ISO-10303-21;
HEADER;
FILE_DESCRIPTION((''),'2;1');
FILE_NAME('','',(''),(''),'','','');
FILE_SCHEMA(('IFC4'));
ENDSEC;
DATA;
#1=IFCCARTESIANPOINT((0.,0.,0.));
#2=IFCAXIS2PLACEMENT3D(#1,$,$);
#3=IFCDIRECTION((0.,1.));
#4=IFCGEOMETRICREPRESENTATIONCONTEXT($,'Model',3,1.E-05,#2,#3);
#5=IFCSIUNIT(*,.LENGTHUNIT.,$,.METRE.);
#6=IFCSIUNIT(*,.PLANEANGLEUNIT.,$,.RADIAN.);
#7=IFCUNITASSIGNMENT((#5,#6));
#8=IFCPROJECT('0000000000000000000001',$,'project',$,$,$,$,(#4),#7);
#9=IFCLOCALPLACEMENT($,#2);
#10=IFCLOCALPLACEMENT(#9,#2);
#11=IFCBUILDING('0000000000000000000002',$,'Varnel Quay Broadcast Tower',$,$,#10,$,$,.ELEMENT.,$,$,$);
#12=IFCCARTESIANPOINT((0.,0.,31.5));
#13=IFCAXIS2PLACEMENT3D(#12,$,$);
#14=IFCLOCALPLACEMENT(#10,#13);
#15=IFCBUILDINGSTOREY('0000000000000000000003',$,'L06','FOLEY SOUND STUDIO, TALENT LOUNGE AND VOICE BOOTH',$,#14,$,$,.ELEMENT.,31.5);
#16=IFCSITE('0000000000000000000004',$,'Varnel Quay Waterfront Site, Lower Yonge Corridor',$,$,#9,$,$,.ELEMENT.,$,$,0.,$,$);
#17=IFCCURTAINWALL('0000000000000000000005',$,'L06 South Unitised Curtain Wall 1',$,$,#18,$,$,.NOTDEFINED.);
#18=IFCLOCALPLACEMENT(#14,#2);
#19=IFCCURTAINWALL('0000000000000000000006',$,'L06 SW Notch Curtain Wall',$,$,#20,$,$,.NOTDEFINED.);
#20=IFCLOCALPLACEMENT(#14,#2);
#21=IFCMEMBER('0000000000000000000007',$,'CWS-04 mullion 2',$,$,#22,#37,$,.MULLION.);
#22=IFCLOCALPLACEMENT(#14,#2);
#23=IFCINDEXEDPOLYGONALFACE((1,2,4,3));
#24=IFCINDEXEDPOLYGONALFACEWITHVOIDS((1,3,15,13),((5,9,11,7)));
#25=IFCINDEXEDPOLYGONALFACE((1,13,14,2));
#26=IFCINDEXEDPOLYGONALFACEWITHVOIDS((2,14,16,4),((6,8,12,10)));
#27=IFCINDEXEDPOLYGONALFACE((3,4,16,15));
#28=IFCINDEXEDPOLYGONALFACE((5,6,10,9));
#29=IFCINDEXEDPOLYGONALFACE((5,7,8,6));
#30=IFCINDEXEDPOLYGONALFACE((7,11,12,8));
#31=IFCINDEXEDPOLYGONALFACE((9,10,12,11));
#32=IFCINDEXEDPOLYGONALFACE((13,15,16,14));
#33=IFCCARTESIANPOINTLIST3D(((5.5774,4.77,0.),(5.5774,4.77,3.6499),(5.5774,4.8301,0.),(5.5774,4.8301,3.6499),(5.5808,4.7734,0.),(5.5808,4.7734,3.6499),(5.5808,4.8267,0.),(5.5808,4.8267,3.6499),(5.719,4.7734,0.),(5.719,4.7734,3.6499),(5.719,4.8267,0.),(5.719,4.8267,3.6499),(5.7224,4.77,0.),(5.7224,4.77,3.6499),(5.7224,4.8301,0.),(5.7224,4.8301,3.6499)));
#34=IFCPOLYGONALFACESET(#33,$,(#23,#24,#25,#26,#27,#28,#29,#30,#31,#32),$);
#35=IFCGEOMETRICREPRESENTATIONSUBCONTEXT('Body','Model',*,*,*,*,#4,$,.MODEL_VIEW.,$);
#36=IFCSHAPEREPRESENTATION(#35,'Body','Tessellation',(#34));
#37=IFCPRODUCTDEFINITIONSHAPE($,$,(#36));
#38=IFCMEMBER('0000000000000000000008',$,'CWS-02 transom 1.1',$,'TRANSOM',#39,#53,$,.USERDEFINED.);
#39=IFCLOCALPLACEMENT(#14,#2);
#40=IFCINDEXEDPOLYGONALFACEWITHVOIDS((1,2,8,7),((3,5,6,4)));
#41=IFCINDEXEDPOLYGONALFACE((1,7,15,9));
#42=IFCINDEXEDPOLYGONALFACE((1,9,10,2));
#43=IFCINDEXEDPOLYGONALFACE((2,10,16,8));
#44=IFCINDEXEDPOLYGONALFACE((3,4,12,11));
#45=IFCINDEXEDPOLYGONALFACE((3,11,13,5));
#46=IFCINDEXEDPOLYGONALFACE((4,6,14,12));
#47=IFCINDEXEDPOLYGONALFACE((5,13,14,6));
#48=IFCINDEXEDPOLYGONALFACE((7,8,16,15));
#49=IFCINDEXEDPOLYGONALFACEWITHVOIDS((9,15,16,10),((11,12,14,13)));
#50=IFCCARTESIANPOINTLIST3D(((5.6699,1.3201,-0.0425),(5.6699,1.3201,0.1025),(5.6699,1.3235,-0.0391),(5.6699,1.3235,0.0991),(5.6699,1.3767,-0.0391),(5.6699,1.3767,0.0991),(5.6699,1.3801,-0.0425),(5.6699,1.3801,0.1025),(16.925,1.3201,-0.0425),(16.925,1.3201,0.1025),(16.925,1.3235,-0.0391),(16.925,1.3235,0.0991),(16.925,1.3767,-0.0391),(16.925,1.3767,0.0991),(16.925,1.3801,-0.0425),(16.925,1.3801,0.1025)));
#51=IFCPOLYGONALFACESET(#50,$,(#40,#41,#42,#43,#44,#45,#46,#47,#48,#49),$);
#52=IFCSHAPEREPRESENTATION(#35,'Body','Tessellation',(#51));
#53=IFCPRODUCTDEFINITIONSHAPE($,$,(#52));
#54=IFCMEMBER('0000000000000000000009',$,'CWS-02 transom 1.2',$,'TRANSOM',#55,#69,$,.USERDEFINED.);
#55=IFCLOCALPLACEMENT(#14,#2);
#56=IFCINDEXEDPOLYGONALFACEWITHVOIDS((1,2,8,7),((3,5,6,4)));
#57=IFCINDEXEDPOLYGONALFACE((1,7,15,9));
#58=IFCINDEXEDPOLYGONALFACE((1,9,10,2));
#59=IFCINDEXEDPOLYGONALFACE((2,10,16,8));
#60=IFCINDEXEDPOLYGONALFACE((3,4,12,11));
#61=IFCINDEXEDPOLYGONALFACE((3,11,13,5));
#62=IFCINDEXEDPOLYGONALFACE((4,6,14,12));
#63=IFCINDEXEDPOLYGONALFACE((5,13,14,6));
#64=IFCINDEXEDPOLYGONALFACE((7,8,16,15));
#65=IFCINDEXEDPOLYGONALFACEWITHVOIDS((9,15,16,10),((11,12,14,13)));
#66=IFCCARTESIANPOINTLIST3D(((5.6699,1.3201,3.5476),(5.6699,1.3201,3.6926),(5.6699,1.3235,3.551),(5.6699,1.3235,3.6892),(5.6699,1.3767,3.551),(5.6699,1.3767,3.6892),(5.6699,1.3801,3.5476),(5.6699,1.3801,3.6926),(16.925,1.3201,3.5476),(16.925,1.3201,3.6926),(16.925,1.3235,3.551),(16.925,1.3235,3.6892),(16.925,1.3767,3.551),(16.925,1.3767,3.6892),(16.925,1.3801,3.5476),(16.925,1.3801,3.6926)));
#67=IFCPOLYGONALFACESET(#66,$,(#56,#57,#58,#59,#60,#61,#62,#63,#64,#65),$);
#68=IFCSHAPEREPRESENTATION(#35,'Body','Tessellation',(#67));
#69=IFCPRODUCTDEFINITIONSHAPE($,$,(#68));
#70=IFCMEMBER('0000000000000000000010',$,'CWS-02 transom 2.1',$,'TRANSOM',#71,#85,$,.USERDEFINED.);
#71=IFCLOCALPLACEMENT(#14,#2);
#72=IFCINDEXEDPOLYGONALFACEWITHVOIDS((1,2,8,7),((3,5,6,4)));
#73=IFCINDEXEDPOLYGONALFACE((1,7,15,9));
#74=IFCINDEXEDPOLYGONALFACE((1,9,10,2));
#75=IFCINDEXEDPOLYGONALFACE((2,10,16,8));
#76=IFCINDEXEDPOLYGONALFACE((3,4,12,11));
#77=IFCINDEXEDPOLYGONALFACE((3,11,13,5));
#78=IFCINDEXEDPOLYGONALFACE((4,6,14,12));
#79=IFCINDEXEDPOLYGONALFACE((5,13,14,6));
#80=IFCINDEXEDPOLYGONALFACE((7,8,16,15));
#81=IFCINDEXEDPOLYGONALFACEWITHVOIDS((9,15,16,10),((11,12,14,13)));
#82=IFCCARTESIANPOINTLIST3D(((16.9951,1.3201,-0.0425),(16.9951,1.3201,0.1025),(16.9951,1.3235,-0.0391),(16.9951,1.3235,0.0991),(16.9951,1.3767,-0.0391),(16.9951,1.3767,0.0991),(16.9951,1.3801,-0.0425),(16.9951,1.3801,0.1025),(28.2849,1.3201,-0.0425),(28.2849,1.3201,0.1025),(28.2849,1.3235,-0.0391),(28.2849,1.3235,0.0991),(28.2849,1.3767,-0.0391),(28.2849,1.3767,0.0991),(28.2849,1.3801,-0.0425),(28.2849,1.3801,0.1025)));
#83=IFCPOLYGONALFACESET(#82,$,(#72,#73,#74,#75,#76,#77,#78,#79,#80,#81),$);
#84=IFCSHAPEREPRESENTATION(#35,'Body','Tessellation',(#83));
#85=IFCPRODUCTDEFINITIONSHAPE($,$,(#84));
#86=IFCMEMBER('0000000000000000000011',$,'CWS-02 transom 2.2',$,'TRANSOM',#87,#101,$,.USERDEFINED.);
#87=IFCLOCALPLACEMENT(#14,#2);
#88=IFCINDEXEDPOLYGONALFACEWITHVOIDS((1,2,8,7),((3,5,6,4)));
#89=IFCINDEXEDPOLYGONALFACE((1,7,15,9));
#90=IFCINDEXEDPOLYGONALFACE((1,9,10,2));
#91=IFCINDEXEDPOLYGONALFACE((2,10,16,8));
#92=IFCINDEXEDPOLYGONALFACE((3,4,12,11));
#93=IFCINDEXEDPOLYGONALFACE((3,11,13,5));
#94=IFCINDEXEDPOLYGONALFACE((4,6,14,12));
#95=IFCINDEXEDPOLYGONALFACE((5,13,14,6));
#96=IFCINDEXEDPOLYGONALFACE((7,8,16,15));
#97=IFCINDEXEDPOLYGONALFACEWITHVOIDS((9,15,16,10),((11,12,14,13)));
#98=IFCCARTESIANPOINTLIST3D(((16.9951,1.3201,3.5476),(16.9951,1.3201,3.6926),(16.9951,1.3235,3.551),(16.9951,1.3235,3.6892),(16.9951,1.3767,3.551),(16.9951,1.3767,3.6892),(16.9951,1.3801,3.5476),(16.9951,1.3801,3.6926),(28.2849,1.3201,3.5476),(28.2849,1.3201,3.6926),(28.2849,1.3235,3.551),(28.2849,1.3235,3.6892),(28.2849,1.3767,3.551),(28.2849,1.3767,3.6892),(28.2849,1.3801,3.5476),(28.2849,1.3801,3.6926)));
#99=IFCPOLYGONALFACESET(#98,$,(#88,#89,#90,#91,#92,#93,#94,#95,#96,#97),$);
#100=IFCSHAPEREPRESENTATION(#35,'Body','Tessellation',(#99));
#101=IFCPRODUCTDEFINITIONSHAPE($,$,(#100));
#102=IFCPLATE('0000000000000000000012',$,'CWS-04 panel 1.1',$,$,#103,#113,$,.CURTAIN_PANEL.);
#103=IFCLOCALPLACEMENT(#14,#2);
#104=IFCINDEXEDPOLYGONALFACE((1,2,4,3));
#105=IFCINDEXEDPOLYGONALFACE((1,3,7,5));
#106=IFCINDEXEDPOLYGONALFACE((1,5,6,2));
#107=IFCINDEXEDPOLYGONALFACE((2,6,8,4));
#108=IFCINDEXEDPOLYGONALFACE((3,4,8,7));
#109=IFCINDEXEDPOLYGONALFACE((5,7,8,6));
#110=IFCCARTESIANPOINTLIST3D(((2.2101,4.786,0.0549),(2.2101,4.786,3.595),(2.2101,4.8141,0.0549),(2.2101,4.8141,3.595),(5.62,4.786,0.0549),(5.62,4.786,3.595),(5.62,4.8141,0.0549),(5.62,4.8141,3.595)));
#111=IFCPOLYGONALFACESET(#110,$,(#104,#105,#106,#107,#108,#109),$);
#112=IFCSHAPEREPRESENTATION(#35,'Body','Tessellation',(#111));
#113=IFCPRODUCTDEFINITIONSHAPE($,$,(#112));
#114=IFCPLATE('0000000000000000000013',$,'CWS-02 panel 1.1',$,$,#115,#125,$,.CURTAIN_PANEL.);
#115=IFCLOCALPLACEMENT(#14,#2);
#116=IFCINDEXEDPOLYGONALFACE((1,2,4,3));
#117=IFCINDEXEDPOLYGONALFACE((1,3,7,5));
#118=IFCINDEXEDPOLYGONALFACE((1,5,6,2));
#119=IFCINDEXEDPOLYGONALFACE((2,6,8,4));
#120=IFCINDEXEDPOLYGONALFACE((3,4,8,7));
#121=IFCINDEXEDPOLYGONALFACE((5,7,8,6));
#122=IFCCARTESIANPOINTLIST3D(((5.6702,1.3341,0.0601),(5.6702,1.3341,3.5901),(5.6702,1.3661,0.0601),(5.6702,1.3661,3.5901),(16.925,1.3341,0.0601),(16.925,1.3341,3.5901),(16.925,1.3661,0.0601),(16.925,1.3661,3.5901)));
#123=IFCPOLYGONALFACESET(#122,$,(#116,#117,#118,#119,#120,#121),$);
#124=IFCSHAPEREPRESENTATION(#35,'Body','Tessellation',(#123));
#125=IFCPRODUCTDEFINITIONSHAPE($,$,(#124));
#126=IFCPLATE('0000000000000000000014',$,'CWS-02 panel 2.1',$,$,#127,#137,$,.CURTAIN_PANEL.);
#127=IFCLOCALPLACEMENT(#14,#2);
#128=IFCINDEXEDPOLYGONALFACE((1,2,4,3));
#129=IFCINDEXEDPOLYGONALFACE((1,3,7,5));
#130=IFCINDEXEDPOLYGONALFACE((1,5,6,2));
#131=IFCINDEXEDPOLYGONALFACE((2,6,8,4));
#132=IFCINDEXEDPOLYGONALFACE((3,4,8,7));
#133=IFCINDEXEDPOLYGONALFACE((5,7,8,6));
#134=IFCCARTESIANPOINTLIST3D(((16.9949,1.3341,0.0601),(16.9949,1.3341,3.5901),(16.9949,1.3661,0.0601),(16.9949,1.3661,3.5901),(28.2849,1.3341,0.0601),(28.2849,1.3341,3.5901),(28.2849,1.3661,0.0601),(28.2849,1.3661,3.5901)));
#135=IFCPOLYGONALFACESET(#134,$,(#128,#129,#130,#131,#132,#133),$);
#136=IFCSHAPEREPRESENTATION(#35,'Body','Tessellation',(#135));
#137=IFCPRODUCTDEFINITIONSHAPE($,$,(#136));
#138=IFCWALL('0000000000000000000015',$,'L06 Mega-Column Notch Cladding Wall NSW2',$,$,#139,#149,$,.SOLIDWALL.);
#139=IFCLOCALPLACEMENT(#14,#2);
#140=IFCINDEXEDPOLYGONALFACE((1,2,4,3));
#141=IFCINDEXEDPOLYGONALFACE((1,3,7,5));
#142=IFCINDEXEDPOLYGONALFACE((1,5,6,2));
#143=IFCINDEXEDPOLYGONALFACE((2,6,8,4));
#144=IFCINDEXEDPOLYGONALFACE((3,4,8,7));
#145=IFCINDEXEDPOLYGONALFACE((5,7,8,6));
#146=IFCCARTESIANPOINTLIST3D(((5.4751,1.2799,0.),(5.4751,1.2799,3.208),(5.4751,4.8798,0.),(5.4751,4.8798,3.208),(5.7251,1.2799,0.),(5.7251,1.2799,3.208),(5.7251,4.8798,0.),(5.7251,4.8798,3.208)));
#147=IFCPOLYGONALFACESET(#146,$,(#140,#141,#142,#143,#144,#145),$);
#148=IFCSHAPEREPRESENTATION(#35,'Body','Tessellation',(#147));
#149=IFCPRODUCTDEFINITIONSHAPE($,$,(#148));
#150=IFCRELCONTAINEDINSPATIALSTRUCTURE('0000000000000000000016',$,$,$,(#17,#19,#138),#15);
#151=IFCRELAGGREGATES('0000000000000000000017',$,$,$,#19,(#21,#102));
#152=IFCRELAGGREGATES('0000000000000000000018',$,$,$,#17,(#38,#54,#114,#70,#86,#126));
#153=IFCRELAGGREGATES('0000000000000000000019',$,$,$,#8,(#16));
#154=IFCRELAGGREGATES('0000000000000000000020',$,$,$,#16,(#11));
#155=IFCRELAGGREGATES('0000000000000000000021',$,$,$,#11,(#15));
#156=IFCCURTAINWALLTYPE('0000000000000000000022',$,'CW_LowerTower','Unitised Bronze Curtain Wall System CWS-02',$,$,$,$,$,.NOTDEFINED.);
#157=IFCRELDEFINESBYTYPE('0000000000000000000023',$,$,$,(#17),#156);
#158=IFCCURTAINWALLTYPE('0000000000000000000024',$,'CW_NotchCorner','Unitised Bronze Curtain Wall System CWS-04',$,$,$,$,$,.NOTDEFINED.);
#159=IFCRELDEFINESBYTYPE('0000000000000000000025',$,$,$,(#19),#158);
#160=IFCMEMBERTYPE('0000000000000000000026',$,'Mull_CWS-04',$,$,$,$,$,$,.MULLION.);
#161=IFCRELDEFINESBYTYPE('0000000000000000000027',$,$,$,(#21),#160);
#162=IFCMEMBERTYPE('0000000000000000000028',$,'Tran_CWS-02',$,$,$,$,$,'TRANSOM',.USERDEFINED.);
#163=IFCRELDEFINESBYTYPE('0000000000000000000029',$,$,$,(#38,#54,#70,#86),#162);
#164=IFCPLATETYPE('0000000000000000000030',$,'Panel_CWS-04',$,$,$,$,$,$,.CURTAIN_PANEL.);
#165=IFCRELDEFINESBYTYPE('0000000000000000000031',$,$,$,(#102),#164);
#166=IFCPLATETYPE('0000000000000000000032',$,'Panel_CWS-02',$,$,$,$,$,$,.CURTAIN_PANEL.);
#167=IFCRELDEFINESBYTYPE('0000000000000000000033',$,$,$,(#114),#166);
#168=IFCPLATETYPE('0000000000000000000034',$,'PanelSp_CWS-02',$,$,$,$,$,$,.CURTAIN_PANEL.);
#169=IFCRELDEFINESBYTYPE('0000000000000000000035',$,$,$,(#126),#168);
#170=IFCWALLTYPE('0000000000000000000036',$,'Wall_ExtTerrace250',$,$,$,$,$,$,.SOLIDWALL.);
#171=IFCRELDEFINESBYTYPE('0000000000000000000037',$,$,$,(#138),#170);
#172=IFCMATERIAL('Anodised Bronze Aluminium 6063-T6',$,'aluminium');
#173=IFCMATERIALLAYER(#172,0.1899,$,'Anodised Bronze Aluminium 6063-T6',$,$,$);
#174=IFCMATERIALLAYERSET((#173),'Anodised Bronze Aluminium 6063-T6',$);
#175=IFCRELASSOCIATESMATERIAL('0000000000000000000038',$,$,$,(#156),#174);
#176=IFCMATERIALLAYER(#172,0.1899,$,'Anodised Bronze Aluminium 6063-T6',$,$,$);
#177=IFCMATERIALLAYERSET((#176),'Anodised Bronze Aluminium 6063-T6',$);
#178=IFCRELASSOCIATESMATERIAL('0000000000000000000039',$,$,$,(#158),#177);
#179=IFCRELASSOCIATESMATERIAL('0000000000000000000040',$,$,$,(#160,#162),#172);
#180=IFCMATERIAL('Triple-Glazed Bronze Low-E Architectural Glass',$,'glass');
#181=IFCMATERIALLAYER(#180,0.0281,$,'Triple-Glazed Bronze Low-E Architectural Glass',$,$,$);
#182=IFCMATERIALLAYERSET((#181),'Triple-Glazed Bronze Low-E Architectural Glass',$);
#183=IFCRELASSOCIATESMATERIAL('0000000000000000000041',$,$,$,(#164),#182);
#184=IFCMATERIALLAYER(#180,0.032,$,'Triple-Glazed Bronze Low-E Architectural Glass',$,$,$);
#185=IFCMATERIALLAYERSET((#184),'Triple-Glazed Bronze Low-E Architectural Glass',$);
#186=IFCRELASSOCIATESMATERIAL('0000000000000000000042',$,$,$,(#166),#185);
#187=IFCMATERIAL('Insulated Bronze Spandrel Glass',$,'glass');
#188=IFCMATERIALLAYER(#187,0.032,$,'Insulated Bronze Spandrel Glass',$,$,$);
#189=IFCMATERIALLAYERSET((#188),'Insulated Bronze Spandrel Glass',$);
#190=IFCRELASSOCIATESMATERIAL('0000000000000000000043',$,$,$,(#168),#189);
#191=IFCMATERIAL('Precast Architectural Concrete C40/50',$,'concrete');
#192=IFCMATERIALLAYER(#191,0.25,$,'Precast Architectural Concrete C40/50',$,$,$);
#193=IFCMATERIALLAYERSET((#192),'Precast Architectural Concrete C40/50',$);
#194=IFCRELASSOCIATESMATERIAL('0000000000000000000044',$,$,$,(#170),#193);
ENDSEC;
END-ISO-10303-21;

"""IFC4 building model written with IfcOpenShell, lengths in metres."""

from ifc_helpers import new_model, si_unit, direction, frame, frame_2d, origin, origin_2d, place, context, subcontext, project, spatial, rectangle, hollow_rectangle, extrude, source, transform, mapped, material, layer, layer_set, material_profile, profile_set, type_object, type_shapes, element, aggregate, save


model = new_model("IFC4")

# Units and contexts
model_context = context("Model", 3, precision=1e-05, world=origin(), true_north=direction((0.0, 1.0)))
body_context = subcontext(model_context, "Body", "Model", "MODEL_VIEW")
ifc_project = project(units=[si_unit("LENGTHUNIT", "METRE"), si_unit("PLANEANGLEUNIT", "RADIAN")], contexts=[model_context])

# Site, building, storey
site_placement = place(None, origin())
site = spatial("IfcSite", under=ifc_project, at=site_placement, Name="Varnel Quay Waterfront Site, Lower Yonge Corridor", CompositionType="ELEMENT", RefElevation=0.0)
building_placement = place(site_placement, origin())
building = spatial("IfcBuilding", under=site, at=building_placement, Name="Varnel Quay Broadcast Tower", CompositionType="ELEMENT")
storey_placement = place(building_placement, frame((0.0, 0.0, 31.5)))
storey = spatial("IfcBuildingStorey", under=building, at=storey_placement, Name="L06", Description="FOLEY SOUND STUDIO, TALENT LOUNGE AND VOICE BOOTH", CompositionType="ELEMENT", Elevation=31.5)

# Curtain wall
ifc_material_1 = material(Name="Anodised Bronze Aluminium 6063-T6", Category="aluminium")
ifc_layer_1 = layer(ifc_material_1, 0.1899, Name="Anodised Bronze Aluminium 6063-T6")
ifc_layer_set_1 = layer_set([ifc_layer_1], Name="Anodised Bronze Aluminium 6063-T6")
curtain_wall_type_1 = type_object("IfcCurtainWallType", Name="CW_LowerTower", Description="Unitised Bronze Curtain Wall System CWS-02", PredefinedType="NOTDEFINED", material=ifc_layer_set_1)
curtain_wall_1_placement = place(storey_placement, origin())
curtain_wall_1 = element("IfcCurtainWall", 1, at=curtain_wall_1_placement, inside=storey, type_object=curtain_wall_type_1, Name="L06 South Unitised Curtain Wall 1", PredefinedType="NOTDEFINED")

# Curtain wall, member
ifc_layer_2 = layer(ifc_material_1, 0.1899, Name="Anodised Bronze Aluminium 6063-T6")
ifc_layer_set_2 = layer_set([ifc_layer_2], Name="Anodised Bronze Aluminium 6063-T6")
curtain_wall_type_2 = type_object("IfcCurtainWallType", Name="CW_NotchCorner", Description="Unitised Bronze Curtain Wall System CWS-04", PredefinedType="NOTDEFINED", material=ifc_layer_set_2)
curtain_wall_2_placement = place(storey_placement, origin())
curtain_wall_2 = element("IfcCurtainWall", 2, at=curtain_wall_2_placement, inside=storey, type_object=curtain_wall_type_2, Name="L06 SW Notch Curtain Wall", PredefinedType="NOTDEFINED")
ifc_material_profile_1 = material_profile(ifc_material_1, hollow_rectangle(XDim=0.0601, YDim=0.145, WallThickness=0.0034, at=origin_2d()), Name="ALU60X145X3.5")
ifc_profile_set_1 = profile_set([ifc_material_profile_1], Name="Anodised Bronze Aluminium 6063-T6")
member_type_1 = type_object("IfcMemberType", Name="Mull_CWS-04", PredefinedType="MULLION", material=ifc_profile_set_1)
shared_shape_1 = source(origin(), body_context, "Body", "SweptSolid", [
    extrude(hollow_rectangle(XDim=0.0601, YDim=0.145, WallThickness=0.0034, at=origin_2d()), origin(), (0.0, 0.0, 1.0), 3.6499),
])
type_shapes(member_type_1, [shared_shape_1])
member_1_placement = place(storey_placement, frame((5.6499, 4.8, 0.0), z_axis=(0.0, 0.0, 1.0), x_axis=(0.0, 1.0, 0.0)))
member_1 = element("IfcMember", 3, at=member_1_placement, type_object=member_type_1, Name="CWS-04 mullion 2", PredefinedType="MULLION", context=body_context, shape_type="MappedRepresentation", body=[
    mapped(shared_shape_1, transform((0.0, 0.0, 0.0), x_axis=(1.0, 0.0, 0.0), y_axis=(0.0, 1.0, 0.0), z_axis=(0.0, 0.0, 1.0), scale=1.0)),
])

# Members
ifc_material_profile_2 = material_profile(ifc_material_1, hollow_rectangle(XDim=0.0601, YDim=0.145, WallThickness=0.0034, at=origin_2d()), Name="ALU60X145X3.5")
ifc_profile_set_2 = profile_set([ifc_material_profile_2], Name="Anodised Bronze Aluminium 6063-T6")
member_type_2 = type_object("IfcMemberType", Name="Tran_CWS-02", ElementType="TRANSOM", PredefinedType="USERDEFINED", material=ifc_profile_set_2)
shared_shape_2 = source(origin(), body_context, "Body", "SweptSolid", [
    extrude(hollow_rectangle(XDim=0.0601, YDim=0.145, WallThickness=0.0034, at=origin_2d()), origin(), (0.0, 0.0, 1.0), 11.2551),
])
member_2_placement = place(storey_placement, frame((5.6699, 1.3501, 0.03), z_axis=(1.0, 0.0, 0.0), x_axis=(0.0, 1.0, 0.0)))
member_2 = element("IfcMember", 4, at=member_2_placement, type_object=member_type_2, Name="CWS-02 transom 1.1", ObjectType="TRANSOM", PredefinedType="USERDEFINED", context=body_context, shape_type="MappedRepresentation", body=[
    mapped(shared_shape_2, transform((0.0, 0.0, 0.0), x_axis=(1.0, 0.0, 0.0), y_axis=(0.0, 1.0, 0.0), z_axis=(0.0, 0.0, 1.0), scale=1.0)),
])
member_3_placement = place(storey_placement, frame((5.6699, 1.3501, 3.6201), z_axis=(1.0, 0.0, 0.0), x_axis=(0.0, 1.0, 0.0)))
member_3 = element("IfcMember", 5, at=member_3_placement, type_object=member_type_2, Name="CWS-02 transom 1.2", ObjectType="TRANSOM", PredefinedType="USERDEFINED", context=body_context, shape_type="MappedRepresentation", body=[
    mapped(shared_shape_2, transform((0.0, 0.0, 0.0), x_axis=(1.0, 0.0, 0.0), y_axis=(0.0, 1.0, 0.0), z_axis=(0.0, 0.0, 1.0), scale=1.0)),
])
shared_shape_3 = source(origin(), body_context, "Body", "SweptSolid", [
    extrude(hollow_rectangle(XDim=0.0601, YDim=0.145, WallThickness=0.0034, at=origin_2d()), origin(), (0.0, 0.0, 1.0), 11.2898),
])
type_shapes(member_type_2, [shared_shape_2, shared_shape_3])
member_4_placement = place(storey_placement, frame((16.9951, 1.3501, 0.03), z_axis=(1.0, 0.0, 0.0), x_axis=(0.0, 1.0, 0.0)))
member_4 = element("IfcMember", 6, at=member_4_placement, type_object=member_type_2, Name="CWS-02 transom 2.1", ObjectType="TRANSOM", PredefinedType="USERDEFINED", context=body_context, shape_type="MappedRepresentation", body=[
    mapped(shared_shape_3, transform((0.0, 0.0, 0.0), x_axis=(1.0, 0.0, 0.0), y_axis=(0.0, 1.0, 0.0), z_axis=(0.0, 0.0, 1.0), scale=1.0)),
])
member_5_placement = place(storey_placement, frame((16.9951, 1.3501, 3.6201), z_axis=(1.0, 0.0, 0.0), x_axis=(0.0, 1.0, 0.0)))
member_5 = element("IfcMember", 7, at=member_5_placement, type_object=member_type_2, Name="CWS-02 transom 2.2", ObjectType="TRANSOM", PredefinedType="USERDEFINED", context=body_context, shape_type="MappedRepresentation", body=[
    mapped(shared_shape_3, transform((0.0, 0.0, 0.0), x_axis=(1.0, 0.0, 0.0), y_axis=(0.0, 1.0, 0.0), z_axis=(0.0, 0.0, 1.0), scale=1.0)),
])

# Plates
ifc_material_2 = material(Name="Triple-Glazed Bronze Low-E Architectural Glass", Category="glass")
ifc_layer_3 = layer(ifc_material_2, 0.0281, Name="Triple-Glazed Bronze Low-E Architectural Glass")
ifc_layer_set_3 = layer_set([ifc_layer_3], Name="Triple-Glazed Bronze Low-E Architectural Glass")
plate_type_1 = type_object("IfcPlateType", Name="Panel_CWS-04", PredefinedType="CURTAIN_PANEL", material=ifc_layer_set_3)
shared_shape_4 = source(origin(), body_context, "Body", "SweptSolid", [
    extrude(rectangle(XDim=3.4099, YDim=0.0281, at=origin_2d()), origin(), (0.0, 0.0, 1.0), 3.54),
])
type_shapes(plate_type_1, [shared_shape_4])
plate_1_placement = place(storey_placement, frame((3.915, 4.8, 0.0549), z_axis=(0.0, 0.0, 1.0), x_axis=(1.0, 0.0, 0.0)))
plate_1 = element("IfcPlate", 8, at=plate_1_placement, type_object=plate_type_1, Name="CWS-04 panel 1.1", PredefinedType="CURTAIN_PANEL", context=body_context, shape_type="MappedRepresentation", body=[
    mapped(shared_shape_4, transform((0.0, 0.0, 0.0), x_axis=(1.0, 0.0, 0.0), y_axis=(0.0, 1.0, 0.0), z_axis=(0.0, 0.0, 1.0), scale=1.0)),
])
aggregate(curtain_wall_2, [member_1, plate_1])
ifc_layer_4 = layer(ifc_material_2, 0.032, Name="Triple-Glazed Bronze Low-E Architectural Glass")
ifc_layer_set_4 = layer_set([ifc_layer_4], Name="Triple-Glazed Bronze Low-E Architectural Glass")
plate_type_2 = type_object("IfcPlateType", Name="Panel_CWS-02", PredefinedType="CURTAIN_PANEL", material=ifc_layer_set_4)
shared_shape_5 = source(origin(), body_context, "Body", "SweptSolid", [
    extrude(rectangle(XDim=11.2549, YDim=0.032, at=origin_2d()), origin(), (0.0, 0.0, 1.0), 3.53),
])
type_shapes(plate_type_2, [shared_shape_5])
plate_2_placement = place(storey_placement, frame((11.2976, 1.3501, 0.0601), z_axis=(0.0, 0.0, 1.0), x_axis=(1.0, 0.0, 0.0)))
plate_2 = element("IfcPlate", 9, at=plate_2_placement, type_object=plate_type_2, Name="CWS-02 panel 1.1", PredefinedType="CURTAIN_PANEL", context=body_context, shape_type="MappedRepresentation", body=[
    mapped(shared_shape_5, transform((0.0, 0.0, 0.0), x_axis=(1.0, 0.0, 0.0), y_axis=(0.0, 1.0, 0.0), z_axis=(0.0, 0.0, 1.0), scale=1.0)),
])
ifc_material_3 = material(Name="Insulated Bronze Spandrel Glass", Category="glass")
ifc_layer_5 = layer(ifc_material_3, 0.032, Name="Insulated Bronze Spandrel Glass")
ifc_layer_set_5 = layer_set([ifc_layer_5], Name="Insulated Bronze Spandrel Glass")
plate_type_3 = type_object("IfcPlateType", Name="PanelSp_CWS-02", PredefinedType="CURTAIN_PANEL", material=ifc_layer_set_5)
shared_shape_6 = source(origin(), body_context, "Body", "SweptSolid", [
    extrude(rectangle(XDim=11.29, YDim=0.032, at=origin_2d()), origin(), (0.0, 0.0, 1.0), 3.53),
])
type_shapes(plate_type_3, [shared_shape_6])
plate_3_placement = place(storey_placement, frame((22.6399, 1.3501, 0.0601), z_axis=(0.0, 0.0, 1.0), x_axis=(1.0, 0.0, 0.0)))
plate_3 = element("IfcPlate", 10, at=plate_3_placement, type_object=plate_type_3, Name="CWS-02 panel 2.1", PredefinedType="CURTAIN_PANEL", context=body_context, shape_type="MappedRepresentation", body=[
    mapped(shared_shape_6, transform((0.0, 0.0, 0.0), x_axis=(1.0, 0.0, 0.0), y_axis=(0.0, 1.0, 0.0), z_axis=(0.0, 0.0, 1.0), scale=1.0)),
])
aggregate(curtain_wall_1, [member_2, member_3, plate_2, member_4, member_5, plate_3])

# Wall
ifc_material_4 = material(Name="Precast Architectural Concrete C40/50", Category="concrete")
ifc_layer_6 = layer(ifc_material_4, 0.25, Name="Precast Architectural Concrete C40/50")
ifc_layer_set_6 = layer_set([ifc_layer_6], Name="Precast Architectural Concrete C40/50")
wall_type_1 = type_object("IfcWallType", Name="Wall_ExtTerrace250", PredefinedType="SOLIDWALL", material=ifc_layer_set_6)
wall_1_placement = place(storey_placement, frame((5.6001, 1.28, 0.0), z_axis=(0.0, 0.0, 1.0), x_axis=(0.0, 1.0, 0.0)))
element("IfcWall", 11, at=wall_1_placement, inside=storey, type_object=wall_type_1, Name="L06 Mega-Column Notch Cladding Wall NSW2", PredefinedType="SOLIDWALL", context=body_context, shape_type="SweptSolid", body=[
    extrude(rectangle(XDim=3.5999, YDim=0.25, at=frame_2d((1.7998, 0.0))), origin(), (0.0, 0.0, 1.0), 3.208),
])

save(model, "model.ifc")
